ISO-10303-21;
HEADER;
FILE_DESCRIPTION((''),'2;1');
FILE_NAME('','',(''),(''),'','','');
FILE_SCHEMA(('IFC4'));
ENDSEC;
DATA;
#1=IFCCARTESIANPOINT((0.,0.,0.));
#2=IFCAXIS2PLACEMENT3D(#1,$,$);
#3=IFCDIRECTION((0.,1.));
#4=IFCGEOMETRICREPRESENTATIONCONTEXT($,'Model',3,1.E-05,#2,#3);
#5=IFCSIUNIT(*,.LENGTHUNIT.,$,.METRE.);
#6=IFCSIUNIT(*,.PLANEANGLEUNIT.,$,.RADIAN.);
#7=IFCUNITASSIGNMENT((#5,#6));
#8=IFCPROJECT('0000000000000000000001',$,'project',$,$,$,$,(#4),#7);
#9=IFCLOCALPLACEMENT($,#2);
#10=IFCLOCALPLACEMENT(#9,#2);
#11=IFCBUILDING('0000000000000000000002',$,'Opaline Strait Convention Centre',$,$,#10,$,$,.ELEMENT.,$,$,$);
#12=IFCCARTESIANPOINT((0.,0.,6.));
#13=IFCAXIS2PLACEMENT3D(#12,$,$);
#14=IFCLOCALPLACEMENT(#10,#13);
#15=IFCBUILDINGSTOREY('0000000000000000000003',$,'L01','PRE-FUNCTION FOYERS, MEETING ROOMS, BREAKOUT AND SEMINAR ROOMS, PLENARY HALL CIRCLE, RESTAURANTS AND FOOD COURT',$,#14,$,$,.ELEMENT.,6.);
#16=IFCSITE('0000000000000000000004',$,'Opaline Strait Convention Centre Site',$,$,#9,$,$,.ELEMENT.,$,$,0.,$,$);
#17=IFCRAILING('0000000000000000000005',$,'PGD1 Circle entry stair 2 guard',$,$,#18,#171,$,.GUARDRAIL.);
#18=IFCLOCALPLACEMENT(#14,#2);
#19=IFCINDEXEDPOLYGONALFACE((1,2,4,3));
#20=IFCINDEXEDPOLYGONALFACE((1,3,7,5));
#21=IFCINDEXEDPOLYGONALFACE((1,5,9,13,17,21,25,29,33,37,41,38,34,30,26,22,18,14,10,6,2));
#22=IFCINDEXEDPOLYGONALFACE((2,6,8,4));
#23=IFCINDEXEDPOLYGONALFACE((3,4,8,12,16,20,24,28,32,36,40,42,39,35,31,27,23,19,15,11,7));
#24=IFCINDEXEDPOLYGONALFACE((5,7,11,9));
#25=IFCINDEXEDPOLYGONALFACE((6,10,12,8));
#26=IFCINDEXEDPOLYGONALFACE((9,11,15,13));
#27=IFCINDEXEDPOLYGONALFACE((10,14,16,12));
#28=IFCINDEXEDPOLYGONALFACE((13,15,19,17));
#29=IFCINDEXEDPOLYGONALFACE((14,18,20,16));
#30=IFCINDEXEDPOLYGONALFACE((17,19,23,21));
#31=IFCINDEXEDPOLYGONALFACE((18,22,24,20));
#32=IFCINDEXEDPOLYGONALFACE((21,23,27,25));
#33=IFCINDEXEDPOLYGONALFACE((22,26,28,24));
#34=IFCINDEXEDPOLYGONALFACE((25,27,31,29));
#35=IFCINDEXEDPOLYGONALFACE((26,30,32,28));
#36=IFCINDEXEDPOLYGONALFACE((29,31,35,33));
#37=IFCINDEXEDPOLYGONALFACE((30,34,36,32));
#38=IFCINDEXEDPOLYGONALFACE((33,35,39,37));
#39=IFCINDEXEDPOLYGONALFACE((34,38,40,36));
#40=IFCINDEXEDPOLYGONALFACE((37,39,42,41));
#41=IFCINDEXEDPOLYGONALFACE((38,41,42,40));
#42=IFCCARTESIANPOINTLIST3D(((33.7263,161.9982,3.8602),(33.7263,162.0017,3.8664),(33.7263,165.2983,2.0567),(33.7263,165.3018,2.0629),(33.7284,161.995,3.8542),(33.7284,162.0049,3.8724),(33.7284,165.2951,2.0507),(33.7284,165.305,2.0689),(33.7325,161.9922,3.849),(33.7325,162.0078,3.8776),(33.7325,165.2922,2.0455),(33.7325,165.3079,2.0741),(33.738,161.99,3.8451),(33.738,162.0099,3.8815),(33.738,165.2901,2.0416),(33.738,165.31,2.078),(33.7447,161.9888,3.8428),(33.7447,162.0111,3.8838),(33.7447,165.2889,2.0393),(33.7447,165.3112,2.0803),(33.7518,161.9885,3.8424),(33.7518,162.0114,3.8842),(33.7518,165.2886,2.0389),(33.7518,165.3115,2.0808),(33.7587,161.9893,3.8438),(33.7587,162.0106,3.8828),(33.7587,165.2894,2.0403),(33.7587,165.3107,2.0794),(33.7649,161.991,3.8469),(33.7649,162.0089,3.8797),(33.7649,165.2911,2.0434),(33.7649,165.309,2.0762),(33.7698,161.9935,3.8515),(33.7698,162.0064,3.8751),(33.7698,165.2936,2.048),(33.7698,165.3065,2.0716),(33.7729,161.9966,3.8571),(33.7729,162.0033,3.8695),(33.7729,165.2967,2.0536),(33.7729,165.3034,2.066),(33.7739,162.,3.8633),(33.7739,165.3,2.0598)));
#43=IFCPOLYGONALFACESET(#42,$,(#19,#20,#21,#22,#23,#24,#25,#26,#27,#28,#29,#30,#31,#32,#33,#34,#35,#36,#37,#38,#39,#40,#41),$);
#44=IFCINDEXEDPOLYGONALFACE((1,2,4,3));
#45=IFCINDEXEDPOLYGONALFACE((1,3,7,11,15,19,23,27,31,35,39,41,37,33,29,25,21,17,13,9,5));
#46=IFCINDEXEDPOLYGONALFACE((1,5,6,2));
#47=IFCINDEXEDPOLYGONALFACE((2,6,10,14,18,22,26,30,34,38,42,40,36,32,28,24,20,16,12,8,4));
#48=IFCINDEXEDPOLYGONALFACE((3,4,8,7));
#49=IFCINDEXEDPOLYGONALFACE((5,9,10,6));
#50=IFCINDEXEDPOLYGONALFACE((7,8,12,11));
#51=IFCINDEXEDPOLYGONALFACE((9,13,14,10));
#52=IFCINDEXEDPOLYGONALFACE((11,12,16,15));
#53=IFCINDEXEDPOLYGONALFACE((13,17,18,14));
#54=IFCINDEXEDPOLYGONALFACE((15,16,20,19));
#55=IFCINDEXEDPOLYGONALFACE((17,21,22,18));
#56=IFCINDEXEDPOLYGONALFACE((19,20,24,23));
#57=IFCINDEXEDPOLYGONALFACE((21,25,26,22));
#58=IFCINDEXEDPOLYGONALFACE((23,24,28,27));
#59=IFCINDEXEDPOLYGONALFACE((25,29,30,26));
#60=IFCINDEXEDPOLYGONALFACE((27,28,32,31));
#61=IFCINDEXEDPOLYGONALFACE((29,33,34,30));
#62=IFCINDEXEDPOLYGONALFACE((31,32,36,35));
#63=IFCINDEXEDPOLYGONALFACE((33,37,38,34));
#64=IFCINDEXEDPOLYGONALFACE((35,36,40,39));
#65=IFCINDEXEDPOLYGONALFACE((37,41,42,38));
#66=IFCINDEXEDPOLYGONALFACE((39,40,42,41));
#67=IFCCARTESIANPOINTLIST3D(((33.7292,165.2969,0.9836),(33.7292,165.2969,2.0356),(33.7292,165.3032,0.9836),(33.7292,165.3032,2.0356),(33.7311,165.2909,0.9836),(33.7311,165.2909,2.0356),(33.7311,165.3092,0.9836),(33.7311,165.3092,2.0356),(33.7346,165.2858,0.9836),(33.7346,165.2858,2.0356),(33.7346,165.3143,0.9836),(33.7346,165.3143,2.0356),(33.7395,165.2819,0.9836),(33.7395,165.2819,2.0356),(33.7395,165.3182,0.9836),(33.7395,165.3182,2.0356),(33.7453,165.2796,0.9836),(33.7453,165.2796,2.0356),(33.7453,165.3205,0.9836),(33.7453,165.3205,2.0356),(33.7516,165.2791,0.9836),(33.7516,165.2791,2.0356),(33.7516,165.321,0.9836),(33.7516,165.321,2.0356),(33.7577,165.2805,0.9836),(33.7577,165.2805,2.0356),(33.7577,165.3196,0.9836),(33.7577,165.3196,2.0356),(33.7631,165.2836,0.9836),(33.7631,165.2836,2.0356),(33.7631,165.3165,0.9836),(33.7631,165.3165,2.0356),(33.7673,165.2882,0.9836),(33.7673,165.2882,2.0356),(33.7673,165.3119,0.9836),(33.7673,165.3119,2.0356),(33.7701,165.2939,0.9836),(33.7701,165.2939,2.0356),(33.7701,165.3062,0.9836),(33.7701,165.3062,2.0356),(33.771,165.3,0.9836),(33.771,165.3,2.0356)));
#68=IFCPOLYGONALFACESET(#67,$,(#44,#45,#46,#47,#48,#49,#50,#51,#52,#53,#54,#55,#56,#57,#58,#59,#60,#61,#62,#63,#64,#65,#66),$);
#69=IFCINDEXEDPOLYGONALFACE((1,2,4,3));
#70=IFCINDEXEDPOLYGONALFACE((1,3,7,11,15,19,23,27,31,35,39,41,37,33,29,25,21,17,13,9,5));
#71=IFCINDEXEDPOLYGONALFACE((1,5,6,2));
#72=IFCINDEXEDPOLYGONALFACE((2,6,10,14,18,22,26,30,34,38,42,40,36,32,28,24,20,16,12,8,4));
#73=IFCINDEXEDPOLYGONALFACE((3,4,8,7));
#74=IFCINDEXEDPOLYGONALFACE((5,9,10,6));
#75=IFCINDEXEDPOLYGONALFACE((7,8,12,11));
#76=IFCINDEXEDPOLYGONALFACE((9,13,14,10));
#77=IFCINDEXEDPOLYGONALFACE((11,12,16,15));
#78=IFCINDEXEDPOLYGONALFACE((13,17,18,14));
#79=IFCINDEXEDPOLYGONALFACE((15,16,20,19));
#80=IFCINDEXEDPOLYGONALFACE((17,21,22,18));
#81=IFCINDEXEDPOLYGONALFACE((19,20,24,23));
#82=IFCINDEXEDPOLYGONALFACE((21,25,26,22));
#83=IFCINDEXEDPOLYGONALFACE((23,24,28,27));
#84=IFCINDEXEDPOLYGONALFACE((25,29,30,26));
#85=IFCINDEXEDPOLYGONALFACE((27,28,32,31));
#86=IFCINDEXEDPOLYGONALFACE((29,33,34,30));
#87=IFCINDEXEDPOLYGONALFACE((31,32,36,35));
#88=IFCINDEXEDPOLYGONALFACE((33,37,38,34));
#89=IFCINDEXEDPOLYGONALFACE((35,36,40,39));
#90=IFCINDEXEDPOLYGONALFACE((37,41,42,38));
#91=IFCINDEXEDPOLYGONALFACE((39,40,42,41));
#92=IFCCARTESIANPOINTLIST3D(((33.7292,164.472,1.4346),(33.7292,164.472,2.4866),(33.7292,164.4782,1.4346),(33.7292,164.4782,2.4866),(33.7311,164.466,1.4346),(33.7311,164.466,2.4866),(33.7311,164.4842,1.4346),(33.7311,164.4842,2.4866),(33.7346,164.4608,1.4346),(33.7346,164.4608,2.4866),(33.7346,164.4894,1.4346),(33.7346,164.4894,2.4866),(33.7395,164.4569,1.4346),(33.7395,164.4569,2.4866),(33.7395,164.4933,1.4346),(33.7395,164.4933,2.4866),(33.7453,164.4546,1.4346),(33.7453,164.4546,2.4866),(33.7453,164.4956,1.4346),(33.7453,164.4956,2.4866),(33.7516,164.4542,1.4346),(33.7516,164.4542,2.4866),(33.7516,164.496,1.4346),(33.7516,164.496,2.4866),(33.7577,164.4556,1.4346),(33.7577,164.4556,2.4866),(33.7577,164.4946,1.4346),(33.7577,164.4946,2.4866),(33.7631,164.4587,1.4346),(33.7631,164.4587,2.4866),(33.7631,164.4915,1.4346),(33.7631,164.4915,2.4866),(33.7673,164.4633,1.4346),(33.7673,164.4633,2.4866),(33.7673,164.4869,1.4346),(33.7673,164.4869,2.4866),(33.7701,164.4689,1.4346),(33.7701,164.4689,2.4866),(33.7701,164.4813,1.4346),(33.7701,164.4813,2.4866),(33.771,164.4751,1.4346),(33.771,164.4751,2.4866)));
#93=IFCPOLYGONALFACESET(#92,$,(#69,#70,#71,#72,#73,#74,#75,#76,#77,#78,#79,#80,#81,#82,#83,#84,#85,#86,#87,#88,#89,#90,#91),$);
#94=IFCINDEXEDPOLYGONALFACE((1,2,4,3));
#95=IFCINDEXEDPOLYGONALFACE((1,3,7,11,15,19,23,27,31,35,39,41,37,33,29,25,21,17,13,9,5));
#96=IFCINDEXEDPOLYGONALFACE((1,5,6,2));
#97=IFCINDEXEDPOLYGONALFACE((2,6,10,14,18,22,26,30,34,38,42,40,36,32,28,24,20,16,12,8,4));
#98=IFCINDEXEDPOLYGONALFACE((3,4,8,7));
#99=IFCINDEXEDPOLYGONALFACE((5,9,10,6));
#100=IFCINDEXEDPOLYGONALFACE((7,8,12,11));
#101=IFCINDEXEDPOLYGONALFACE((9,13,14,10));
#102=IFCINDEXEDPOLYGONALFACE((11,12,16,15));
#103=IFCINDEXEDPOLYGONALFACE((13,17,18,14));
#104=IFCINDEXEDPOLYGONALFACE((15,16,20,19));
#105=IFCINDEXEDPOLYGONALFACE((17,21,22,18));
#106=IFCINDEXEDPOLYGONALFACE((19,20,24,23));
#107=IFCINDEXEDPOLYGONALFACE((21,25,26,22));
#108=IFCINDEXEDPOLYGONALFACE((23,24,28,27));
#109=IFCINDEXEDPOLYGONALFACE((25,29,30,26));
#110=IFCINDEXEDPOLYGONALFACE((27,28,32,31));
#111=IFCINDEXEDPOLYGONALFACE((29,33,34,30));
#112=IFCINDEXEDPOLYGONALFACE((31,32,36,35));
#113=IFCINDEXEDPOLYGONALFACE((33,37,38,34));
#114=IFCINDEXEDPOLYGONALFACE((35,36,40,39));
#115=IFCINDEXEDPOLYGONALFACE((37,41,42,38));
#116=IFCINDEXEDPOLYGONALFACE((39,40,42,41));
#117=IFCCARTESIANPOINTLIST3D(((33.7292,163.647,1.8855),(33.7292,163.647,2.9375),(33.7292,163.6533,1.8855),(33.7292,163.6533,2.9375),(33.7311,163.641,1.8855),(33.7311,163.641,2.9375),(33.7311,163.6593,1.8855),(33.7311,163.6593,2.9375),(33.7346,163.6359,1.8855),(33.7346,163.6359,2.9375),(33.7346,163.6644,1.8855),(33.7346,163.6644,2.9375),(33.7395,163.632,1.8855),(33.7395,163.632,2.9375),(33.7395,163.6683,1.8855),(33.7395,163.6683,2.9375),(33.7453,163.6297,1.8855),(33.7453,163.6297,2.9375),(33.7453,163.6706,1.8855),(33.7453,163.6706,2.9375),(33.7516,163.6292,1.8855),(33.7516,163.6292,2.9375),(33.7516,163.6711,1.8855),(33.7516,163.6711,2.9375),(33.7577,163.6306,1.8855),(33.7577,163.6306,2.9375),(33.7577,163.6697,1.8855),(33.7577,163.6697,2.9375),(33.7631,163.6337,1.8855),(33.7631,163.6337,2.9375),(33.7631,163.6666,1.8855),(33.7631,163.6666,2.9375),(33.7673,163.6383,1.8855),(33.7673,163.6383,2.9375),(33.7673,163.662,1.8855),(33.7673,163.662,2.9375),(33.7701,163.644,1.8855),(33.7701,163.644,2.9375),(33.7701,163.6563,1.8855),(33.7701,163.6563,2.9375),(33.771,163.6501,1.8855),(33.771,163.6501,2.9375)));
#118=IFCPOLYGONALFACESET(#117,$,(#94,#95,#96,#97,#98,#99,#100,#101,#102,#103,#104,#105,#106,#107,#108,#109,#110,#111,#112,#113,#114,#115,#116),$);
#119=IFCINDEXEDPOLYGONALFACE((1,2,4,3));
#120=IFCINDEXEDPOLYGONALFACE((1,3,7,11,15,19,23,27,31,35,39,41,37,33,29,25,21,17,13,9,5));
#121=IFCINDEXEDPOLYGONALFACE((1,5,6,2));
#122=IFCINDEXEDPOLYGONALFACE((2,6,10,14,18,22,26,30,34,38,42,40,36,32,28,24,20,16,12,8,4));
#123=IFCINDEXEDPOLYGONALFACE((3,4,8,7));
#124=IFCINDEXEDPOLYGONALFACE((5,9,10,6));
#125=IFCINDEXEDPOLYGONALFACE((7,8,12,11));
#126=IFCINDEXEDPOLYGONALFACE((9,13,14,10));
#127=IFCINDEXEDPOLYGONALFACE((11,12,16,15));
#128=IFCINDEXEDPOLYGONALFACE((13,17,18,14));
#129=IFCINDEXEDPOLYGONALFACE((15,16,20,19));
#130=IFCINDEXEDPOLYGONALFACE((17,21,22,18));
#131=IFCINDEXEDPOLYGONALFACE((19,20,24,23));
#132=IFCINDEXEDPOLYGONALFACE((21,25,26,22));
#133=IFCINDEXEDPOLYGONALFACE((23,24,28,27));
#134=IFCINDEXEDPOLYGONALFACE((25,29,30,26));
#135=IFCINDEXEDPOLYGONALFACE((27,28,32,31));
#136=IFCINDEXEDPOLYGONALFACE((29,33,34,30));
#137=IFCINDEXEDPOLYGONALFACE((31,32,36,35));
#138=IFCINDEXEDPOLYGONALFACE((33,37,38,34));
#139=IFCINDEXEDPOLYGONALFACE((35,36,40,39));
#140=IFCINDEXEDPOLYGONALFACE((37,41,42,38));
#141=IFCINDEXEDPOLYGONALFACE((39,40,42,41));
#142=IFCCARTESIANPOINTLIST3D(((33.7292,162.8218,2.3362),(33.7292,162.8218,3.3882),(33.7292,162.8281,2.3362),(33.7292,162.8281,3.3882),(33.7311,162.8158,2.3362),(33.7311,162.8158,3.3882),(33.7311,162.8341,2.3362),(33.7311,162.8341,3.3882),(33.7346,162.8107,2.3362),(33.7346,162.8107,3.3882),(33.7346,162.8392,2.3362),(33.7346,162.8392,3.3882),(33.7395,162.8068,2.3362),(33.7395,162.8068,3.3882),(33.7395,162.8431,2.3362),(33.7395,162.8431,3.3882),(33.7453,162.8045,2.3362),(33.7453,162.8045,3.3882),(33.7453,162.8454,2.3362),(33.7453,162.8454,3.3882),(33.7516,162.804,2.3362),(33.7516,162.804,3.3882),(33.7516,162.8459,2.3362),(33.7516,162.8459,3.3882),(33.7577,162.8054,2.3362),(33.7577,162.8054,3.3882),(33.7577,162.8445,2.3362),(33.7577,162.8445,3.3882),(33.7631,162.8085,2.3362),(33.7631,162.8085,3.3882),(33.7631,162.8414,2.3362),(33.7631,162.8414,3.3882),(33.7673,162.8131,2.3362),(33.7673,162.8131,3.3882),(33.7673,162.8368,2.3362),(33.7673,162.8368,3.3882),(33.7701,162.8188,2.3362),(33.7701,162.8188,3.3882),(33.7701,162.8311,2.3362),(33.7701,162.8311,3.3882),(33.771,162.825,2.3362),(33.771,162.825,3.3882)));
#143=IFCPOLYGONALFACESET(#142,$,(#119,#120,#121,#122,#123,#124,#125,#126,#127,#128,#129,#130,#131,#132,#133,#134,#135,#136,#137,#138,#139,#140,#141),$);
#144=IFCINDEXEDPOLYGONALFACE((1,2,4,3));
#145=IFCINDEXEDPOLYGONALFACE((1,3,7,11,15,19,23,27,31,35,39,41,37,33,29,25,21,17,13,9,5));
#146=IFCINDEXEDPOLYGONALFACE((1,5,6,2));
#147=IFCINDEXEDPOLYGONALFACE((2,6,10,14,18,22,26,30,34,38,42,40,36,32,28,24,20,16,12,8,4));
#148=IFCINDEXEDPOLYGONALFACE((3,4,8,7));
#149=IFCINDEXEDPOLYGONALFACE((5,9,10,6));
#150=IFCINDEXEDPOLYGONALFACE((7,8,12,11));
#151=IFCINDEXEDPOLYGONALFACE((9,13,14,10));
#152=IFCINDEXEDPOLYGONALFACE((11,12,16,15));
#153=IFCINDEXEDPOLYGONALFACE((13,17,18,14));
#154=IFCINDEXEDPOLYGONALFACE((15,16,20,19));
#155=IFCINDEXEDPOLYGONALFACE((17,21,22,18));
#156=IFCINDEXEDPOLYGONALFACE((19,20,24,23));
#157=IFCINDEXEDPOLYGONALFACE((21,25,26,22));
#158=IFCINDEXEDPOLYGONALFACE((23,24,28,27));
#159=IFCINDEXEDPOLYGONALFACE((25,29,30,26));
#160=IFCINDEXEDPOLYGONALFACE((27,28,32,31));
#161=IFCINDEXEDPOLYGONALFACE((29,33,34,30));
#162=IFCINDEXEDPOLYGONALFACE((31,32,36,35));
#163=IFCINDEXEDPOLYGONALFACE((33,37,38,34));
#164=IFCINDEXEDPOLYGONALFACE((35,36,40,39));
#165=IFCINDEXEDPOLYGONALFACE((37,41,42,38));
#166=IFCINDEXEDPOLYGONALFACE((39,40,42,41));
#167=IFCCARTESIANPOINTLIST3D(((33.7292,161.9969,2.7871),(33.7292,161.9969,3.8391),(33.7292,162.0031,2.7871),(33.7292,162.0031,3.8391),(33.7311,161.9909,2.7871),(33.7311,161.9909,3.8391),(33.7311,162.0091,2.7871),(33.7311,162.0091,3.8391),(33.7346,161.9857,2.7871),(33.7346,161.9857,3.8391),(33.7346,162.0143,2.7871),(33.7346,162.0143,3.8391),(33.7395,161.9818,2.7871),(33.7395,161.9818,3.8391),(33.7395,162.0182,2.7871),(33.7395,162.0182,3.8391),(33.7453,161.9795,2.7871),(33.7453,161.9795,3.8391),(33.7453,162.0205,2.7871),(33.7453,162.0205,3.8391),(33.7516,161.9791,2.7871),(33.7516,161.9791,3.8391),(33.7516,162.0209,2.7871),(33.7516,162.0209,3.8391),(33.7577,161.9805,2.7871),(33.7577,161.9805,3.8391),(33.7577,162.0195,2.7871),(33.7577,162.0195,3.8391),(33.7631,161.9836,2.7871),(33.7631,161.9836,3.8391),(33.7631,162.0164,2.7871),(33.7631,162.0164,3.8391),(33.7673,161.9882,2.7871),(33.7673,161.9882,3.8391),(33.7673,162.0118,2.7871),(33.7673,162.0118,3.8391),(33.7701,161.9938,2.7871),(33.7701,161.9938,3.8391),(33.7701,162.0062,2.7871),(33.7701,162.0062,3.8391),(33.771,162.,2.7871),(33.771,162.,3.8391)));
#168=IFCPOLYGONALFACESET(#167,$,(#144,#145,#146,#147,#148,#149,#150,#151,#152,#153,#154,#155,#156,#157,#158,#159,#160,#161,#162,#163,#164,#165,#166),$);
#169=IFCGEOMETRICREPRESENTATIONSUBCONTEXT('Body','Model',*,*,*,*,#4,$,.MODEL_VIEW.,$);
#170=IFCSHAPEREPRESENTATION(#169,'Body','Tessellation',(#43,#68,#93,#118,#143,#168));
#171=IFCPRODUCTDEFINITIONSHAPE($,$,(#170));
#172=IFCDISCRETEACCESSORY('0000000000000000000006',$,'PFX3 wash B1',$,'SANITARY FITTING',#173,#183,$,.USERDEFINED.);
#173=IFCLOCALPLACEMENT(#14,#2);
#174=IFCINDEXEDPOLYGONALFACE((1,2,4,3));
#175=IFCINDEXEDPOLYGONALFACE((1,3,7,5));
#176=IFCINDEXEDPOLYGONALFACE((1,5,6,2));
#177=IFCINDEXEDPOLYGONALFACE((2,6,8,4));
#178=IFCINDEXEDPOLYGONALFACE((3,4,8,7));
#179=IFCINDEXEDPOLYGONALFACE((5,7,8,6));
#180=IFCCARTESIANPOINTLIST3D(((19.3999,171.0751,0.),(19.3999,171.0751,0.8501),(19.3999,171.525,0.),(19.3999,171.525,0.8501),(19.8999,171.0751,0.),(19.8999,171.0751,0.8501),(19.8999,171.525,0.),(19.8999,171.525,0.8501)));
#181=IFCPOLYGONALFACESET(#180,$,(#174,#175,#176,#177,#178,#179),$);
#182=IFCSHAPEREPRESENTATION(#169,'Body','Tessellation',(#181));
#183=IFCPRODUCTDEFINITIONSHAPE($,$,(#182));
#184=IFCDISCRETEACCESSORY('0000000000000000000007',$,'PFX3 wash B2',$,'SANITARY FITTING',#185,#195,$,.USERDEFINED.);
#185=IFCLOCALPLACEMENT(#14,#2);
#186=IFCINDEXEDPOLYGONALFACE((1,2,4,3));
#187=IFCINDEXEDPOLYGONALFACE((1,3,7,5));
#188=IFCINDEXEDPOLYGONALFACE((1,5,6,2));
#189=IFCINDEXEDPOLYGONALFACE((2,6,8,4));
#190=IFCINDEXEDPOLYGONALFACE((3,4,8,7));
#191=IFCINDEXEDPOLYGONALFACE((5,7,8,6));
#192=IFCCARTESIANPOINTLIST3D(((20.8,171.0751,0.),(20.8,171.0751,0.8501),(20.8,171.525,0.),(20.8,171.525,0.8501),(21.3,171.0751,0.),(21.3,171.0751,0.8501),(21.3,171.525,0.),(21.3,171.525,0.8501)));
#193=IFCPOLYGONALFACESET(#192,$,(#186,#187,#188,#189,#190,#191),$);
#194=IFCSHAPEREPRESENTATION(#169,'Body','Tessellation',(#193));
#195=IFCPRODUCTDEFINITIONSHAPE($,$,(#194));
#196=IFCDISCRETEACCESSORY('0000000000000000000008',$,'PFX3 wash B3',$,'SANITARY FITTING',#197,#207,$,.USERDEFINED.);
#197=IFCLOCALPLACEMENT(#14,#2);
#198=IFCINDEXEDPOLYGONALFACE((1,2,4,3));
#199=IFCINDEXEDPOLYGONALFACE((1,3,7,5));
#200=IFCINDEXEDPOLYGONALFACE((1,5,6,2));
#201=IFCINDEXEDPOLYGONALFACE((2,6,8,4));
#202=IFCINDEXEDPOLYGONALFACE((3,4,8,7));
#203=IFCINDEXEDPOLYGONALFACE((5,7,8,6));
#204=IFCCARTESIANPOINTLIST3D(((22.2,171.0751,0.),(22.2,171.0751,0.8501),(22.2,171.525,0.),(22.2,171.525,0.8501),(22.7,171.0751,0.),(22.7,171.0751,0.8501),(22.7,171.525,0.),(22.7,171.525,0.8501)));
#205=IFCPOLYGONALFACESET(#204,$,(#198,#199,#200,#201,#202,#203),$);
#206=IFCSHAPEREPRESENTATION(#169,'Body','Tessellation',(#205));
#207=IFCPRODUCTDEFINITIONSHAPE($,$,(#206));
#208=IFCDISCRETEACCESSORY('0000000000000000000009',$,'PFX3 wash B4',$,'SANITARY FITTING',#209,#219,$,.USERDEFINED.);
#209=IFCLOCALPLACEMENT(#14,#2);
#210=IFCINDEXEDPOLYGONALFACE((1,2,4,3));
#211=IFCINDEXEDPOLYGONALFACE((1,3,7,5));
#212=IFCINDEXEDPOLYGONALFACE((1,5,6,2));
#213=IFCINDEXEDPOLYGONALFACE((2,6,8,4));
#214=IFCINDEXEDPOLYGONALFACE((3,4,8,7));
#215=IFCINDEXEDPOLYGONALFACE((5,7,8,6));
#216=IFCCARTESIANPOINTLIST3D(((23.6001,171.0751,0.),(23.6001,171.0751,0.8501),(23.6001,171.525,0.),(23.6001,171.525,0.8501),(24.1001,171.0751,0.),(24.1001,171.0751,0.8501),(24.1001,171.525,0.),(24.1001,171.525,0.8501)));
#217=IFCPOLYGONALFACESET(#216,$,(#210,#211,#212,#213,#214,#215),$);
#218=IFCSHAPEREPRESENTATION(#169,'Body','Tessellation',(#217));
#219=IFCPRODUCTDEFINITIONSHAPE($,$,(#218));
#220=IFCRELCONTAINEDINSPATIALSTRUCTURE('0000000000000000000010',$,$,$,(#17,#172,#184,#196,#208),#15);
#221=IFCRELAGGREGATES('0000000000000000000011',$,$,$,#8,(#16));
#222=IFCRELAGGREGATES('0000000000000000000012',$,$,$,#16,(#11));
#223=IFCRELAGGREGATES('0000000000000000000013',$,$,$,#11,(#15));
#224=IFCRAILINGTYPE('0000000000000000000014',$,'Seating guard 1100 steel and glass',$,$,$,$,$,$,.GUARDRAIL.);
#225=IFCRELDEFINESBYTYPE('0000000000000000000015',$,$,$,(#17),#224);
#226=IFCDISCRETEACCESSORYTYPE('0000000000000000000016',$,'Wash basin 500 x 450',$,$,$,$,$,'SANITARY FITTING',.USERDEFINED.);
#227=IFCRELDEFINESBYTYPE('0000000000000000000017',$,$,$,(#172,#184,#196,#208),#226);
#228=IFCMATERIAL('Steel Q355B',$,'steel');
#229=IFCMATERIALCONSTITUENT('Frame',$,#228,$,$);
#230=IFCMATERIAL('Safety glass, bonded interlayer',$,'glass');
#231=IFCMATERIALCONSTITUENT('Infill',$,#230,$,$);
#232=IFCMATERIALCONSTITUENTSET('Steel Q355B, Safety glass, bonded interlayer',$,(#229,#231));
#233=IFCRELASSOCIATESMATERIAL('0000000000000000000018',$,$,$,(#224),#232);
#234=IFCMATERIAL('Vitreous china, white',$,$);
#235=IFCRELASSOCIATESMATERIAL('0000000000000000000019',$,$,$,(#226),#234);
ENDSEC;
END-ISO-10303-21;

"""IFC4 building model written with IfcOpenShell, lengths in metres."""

from ifc_helpers import new_model, si_unit, direction, frame, origin, origin_2d, place, context, subcontext, project, spatial, rectangle, circle, extrude, material, constituent, constituent_set, type_object, element, save


model = new_model("IFC4")

# Units and contexts
model_context = context("Model", 3, precision=1e-05, world=origin(), true_north=direction((0.0, 1.0)))
body_context = subcontext(model_context, "Body", "Model", "MODEL_VIEW")
ifc_project = project(units=[si_unit("LENGTHUNIT", "METRE"), si_unit("PLANEANGLEUNIT", "RADIAN")], contexts=[model_context])

# Site, building, storey
site_placement = place(None, origin())
site = spatial("IfcSite", under=ifc_project, at=site_placement, Name="Opaline Strait Convention Centre Site", CompositionType="ELEMENT", RefElevation=0.0)
building_placement = place(site_placement, origin())
building = spatial("IfcBuilding", under=site, at=building_placement, Name="Opaline Strait Convention Centre", CompositionType="ELEMENT")
storey_placement = place(building_placement, frame((0.0, 0.0, 6.0)))
storey = spatial("IfcBuildingStorey", under=building, at=storey_placement, Name="L01", Description="PRE-FUNCTION FOYERS, MEETING ROOMS, BREAKOUT AND SEMINAR ROOMS, PLENARY HALL CIRCLE, RESTAURANTS AND FOOD COURT", CompositionType="ELEMENT", Elevation=6.0)

# Railing
ifc_material_1 = material(Name="Steel Q355B", Category="steel")
ifc_constituent_1 = constituent(ifc_material_1, Name="Frame")
ifc_material_2 = material(Name="Safety glass, bonded interlayer", Category="glass")
ifc_constituent_2 = constituent(ifc_material_2, Name="Infill")
ifc_constituent_set = constituent_set(constituents=[ifc_constituent_1, ifc_constituent_2], Name="Steel Q355B, Safety glass, bonded interlayer")
railing_type_1 = type_object("IfcRailingType", Name="Seating guard 1100 steel and glass", PredefinedType="GUARDRAIL", material=ifc_constituent_set)
for number, where, name in (
    (1, (33.75, 165.3, 0.9836), "PGD1 Circle entry stair 2 guard"),
):
    element("IfcRailing", number, at=place(storey_placement, frame(where)), inside=storey, type_object=railing_type_1, Name=name, PredefinedType="GUARDRAIL", context=body_context, shape_type="SweptSolid", body=[
        extrude(circle(Radius=0.0239, at=origin_2d()), frame((0.0, 0.0, 1.0762), z_axis=(0.0, -0.877511, 0.479557), x_axis=(1.0, 0.0, 0.0)), (0.0, 0.0, 1.0), 3.7607),
        extrude(circle(Radius=0.021, at=origin_2d()), origin(), (0.0, 0.0, 1.0), 1.052),
        extrude(circle(Radius=0.021, at=origin_2d()), frame((0.0, -0.825, 0.4509)), (0.0, 0.0, 1.0), 1.052),
        extrude(circle(Radius=0.021, at=origin_2d()), frame((0.0, -1.6499, 0.9019)), (0.0, 0.0, 1.0), 1.052),
        extrude(circle(Radius=0.021, at=origin_2d()), frame((0.0, -2.4751, 1.3525)), (0.0, 0.0, 1.0), 1.052),
        extrude(circle(Radius=0.021, at=origin_2d()), frame((0.0, -3.3, 1.8035)), (0.0, 0.0, 1.0), 1.052),
    ])

# Discrete accessories
ifc_material_3 = material(Name="Vitreous china, white")
discrete_accessory_type = type_object("IfcDiscreteAccessoryType", Name="Wash basin 500 x 450", ElementType="SANITARY FITTING", PredefinedType="USERDEFINED", material=ifc_material_3)
for number, where, z_axis, x_axis, name in (
    (2, (19.6499, 171.3, 0.0), (0.0, 0.0, 1.0), (1.0, 0.0, 0.0), "PFX3 wash B1"),
    (3, (21.05, 171.3, 0.0), (0.0, 0.0, 1.0), (1.0, 0.0, 0.0), "PFX3 wash B2"),
    (4, (22.45, 171.3, 0.0), (0.0, 0.0, 1.0), (1.0, 0.0, 0.0), "PFX3 wash B3"),
    (5, (23.8501, 171.3, 0.0), (0.0, 0.0, 1.0), (1.0, 0.0, 0.0), "PFX3 wash B4"),
):
    element("IfcDiscreteAccessory", number, at=place(storey_placement, frame(where, z_axis=z_axis, x_axis=x_axis)), inside=storey, type_object=discrete_accessory_type, Name=name, ObjectType="SANITARY FITTING", PredefinedType="USERDEFINED", context=body_context, shape_type="SweptSolid", body=[
        extrude(rectangle(XDim=0.5, YDim=0.45, at=origin_2d()), origin(), (0.0, 0.0, 1.0), 0.8501),
    ])

save(model, "model.ifc")
